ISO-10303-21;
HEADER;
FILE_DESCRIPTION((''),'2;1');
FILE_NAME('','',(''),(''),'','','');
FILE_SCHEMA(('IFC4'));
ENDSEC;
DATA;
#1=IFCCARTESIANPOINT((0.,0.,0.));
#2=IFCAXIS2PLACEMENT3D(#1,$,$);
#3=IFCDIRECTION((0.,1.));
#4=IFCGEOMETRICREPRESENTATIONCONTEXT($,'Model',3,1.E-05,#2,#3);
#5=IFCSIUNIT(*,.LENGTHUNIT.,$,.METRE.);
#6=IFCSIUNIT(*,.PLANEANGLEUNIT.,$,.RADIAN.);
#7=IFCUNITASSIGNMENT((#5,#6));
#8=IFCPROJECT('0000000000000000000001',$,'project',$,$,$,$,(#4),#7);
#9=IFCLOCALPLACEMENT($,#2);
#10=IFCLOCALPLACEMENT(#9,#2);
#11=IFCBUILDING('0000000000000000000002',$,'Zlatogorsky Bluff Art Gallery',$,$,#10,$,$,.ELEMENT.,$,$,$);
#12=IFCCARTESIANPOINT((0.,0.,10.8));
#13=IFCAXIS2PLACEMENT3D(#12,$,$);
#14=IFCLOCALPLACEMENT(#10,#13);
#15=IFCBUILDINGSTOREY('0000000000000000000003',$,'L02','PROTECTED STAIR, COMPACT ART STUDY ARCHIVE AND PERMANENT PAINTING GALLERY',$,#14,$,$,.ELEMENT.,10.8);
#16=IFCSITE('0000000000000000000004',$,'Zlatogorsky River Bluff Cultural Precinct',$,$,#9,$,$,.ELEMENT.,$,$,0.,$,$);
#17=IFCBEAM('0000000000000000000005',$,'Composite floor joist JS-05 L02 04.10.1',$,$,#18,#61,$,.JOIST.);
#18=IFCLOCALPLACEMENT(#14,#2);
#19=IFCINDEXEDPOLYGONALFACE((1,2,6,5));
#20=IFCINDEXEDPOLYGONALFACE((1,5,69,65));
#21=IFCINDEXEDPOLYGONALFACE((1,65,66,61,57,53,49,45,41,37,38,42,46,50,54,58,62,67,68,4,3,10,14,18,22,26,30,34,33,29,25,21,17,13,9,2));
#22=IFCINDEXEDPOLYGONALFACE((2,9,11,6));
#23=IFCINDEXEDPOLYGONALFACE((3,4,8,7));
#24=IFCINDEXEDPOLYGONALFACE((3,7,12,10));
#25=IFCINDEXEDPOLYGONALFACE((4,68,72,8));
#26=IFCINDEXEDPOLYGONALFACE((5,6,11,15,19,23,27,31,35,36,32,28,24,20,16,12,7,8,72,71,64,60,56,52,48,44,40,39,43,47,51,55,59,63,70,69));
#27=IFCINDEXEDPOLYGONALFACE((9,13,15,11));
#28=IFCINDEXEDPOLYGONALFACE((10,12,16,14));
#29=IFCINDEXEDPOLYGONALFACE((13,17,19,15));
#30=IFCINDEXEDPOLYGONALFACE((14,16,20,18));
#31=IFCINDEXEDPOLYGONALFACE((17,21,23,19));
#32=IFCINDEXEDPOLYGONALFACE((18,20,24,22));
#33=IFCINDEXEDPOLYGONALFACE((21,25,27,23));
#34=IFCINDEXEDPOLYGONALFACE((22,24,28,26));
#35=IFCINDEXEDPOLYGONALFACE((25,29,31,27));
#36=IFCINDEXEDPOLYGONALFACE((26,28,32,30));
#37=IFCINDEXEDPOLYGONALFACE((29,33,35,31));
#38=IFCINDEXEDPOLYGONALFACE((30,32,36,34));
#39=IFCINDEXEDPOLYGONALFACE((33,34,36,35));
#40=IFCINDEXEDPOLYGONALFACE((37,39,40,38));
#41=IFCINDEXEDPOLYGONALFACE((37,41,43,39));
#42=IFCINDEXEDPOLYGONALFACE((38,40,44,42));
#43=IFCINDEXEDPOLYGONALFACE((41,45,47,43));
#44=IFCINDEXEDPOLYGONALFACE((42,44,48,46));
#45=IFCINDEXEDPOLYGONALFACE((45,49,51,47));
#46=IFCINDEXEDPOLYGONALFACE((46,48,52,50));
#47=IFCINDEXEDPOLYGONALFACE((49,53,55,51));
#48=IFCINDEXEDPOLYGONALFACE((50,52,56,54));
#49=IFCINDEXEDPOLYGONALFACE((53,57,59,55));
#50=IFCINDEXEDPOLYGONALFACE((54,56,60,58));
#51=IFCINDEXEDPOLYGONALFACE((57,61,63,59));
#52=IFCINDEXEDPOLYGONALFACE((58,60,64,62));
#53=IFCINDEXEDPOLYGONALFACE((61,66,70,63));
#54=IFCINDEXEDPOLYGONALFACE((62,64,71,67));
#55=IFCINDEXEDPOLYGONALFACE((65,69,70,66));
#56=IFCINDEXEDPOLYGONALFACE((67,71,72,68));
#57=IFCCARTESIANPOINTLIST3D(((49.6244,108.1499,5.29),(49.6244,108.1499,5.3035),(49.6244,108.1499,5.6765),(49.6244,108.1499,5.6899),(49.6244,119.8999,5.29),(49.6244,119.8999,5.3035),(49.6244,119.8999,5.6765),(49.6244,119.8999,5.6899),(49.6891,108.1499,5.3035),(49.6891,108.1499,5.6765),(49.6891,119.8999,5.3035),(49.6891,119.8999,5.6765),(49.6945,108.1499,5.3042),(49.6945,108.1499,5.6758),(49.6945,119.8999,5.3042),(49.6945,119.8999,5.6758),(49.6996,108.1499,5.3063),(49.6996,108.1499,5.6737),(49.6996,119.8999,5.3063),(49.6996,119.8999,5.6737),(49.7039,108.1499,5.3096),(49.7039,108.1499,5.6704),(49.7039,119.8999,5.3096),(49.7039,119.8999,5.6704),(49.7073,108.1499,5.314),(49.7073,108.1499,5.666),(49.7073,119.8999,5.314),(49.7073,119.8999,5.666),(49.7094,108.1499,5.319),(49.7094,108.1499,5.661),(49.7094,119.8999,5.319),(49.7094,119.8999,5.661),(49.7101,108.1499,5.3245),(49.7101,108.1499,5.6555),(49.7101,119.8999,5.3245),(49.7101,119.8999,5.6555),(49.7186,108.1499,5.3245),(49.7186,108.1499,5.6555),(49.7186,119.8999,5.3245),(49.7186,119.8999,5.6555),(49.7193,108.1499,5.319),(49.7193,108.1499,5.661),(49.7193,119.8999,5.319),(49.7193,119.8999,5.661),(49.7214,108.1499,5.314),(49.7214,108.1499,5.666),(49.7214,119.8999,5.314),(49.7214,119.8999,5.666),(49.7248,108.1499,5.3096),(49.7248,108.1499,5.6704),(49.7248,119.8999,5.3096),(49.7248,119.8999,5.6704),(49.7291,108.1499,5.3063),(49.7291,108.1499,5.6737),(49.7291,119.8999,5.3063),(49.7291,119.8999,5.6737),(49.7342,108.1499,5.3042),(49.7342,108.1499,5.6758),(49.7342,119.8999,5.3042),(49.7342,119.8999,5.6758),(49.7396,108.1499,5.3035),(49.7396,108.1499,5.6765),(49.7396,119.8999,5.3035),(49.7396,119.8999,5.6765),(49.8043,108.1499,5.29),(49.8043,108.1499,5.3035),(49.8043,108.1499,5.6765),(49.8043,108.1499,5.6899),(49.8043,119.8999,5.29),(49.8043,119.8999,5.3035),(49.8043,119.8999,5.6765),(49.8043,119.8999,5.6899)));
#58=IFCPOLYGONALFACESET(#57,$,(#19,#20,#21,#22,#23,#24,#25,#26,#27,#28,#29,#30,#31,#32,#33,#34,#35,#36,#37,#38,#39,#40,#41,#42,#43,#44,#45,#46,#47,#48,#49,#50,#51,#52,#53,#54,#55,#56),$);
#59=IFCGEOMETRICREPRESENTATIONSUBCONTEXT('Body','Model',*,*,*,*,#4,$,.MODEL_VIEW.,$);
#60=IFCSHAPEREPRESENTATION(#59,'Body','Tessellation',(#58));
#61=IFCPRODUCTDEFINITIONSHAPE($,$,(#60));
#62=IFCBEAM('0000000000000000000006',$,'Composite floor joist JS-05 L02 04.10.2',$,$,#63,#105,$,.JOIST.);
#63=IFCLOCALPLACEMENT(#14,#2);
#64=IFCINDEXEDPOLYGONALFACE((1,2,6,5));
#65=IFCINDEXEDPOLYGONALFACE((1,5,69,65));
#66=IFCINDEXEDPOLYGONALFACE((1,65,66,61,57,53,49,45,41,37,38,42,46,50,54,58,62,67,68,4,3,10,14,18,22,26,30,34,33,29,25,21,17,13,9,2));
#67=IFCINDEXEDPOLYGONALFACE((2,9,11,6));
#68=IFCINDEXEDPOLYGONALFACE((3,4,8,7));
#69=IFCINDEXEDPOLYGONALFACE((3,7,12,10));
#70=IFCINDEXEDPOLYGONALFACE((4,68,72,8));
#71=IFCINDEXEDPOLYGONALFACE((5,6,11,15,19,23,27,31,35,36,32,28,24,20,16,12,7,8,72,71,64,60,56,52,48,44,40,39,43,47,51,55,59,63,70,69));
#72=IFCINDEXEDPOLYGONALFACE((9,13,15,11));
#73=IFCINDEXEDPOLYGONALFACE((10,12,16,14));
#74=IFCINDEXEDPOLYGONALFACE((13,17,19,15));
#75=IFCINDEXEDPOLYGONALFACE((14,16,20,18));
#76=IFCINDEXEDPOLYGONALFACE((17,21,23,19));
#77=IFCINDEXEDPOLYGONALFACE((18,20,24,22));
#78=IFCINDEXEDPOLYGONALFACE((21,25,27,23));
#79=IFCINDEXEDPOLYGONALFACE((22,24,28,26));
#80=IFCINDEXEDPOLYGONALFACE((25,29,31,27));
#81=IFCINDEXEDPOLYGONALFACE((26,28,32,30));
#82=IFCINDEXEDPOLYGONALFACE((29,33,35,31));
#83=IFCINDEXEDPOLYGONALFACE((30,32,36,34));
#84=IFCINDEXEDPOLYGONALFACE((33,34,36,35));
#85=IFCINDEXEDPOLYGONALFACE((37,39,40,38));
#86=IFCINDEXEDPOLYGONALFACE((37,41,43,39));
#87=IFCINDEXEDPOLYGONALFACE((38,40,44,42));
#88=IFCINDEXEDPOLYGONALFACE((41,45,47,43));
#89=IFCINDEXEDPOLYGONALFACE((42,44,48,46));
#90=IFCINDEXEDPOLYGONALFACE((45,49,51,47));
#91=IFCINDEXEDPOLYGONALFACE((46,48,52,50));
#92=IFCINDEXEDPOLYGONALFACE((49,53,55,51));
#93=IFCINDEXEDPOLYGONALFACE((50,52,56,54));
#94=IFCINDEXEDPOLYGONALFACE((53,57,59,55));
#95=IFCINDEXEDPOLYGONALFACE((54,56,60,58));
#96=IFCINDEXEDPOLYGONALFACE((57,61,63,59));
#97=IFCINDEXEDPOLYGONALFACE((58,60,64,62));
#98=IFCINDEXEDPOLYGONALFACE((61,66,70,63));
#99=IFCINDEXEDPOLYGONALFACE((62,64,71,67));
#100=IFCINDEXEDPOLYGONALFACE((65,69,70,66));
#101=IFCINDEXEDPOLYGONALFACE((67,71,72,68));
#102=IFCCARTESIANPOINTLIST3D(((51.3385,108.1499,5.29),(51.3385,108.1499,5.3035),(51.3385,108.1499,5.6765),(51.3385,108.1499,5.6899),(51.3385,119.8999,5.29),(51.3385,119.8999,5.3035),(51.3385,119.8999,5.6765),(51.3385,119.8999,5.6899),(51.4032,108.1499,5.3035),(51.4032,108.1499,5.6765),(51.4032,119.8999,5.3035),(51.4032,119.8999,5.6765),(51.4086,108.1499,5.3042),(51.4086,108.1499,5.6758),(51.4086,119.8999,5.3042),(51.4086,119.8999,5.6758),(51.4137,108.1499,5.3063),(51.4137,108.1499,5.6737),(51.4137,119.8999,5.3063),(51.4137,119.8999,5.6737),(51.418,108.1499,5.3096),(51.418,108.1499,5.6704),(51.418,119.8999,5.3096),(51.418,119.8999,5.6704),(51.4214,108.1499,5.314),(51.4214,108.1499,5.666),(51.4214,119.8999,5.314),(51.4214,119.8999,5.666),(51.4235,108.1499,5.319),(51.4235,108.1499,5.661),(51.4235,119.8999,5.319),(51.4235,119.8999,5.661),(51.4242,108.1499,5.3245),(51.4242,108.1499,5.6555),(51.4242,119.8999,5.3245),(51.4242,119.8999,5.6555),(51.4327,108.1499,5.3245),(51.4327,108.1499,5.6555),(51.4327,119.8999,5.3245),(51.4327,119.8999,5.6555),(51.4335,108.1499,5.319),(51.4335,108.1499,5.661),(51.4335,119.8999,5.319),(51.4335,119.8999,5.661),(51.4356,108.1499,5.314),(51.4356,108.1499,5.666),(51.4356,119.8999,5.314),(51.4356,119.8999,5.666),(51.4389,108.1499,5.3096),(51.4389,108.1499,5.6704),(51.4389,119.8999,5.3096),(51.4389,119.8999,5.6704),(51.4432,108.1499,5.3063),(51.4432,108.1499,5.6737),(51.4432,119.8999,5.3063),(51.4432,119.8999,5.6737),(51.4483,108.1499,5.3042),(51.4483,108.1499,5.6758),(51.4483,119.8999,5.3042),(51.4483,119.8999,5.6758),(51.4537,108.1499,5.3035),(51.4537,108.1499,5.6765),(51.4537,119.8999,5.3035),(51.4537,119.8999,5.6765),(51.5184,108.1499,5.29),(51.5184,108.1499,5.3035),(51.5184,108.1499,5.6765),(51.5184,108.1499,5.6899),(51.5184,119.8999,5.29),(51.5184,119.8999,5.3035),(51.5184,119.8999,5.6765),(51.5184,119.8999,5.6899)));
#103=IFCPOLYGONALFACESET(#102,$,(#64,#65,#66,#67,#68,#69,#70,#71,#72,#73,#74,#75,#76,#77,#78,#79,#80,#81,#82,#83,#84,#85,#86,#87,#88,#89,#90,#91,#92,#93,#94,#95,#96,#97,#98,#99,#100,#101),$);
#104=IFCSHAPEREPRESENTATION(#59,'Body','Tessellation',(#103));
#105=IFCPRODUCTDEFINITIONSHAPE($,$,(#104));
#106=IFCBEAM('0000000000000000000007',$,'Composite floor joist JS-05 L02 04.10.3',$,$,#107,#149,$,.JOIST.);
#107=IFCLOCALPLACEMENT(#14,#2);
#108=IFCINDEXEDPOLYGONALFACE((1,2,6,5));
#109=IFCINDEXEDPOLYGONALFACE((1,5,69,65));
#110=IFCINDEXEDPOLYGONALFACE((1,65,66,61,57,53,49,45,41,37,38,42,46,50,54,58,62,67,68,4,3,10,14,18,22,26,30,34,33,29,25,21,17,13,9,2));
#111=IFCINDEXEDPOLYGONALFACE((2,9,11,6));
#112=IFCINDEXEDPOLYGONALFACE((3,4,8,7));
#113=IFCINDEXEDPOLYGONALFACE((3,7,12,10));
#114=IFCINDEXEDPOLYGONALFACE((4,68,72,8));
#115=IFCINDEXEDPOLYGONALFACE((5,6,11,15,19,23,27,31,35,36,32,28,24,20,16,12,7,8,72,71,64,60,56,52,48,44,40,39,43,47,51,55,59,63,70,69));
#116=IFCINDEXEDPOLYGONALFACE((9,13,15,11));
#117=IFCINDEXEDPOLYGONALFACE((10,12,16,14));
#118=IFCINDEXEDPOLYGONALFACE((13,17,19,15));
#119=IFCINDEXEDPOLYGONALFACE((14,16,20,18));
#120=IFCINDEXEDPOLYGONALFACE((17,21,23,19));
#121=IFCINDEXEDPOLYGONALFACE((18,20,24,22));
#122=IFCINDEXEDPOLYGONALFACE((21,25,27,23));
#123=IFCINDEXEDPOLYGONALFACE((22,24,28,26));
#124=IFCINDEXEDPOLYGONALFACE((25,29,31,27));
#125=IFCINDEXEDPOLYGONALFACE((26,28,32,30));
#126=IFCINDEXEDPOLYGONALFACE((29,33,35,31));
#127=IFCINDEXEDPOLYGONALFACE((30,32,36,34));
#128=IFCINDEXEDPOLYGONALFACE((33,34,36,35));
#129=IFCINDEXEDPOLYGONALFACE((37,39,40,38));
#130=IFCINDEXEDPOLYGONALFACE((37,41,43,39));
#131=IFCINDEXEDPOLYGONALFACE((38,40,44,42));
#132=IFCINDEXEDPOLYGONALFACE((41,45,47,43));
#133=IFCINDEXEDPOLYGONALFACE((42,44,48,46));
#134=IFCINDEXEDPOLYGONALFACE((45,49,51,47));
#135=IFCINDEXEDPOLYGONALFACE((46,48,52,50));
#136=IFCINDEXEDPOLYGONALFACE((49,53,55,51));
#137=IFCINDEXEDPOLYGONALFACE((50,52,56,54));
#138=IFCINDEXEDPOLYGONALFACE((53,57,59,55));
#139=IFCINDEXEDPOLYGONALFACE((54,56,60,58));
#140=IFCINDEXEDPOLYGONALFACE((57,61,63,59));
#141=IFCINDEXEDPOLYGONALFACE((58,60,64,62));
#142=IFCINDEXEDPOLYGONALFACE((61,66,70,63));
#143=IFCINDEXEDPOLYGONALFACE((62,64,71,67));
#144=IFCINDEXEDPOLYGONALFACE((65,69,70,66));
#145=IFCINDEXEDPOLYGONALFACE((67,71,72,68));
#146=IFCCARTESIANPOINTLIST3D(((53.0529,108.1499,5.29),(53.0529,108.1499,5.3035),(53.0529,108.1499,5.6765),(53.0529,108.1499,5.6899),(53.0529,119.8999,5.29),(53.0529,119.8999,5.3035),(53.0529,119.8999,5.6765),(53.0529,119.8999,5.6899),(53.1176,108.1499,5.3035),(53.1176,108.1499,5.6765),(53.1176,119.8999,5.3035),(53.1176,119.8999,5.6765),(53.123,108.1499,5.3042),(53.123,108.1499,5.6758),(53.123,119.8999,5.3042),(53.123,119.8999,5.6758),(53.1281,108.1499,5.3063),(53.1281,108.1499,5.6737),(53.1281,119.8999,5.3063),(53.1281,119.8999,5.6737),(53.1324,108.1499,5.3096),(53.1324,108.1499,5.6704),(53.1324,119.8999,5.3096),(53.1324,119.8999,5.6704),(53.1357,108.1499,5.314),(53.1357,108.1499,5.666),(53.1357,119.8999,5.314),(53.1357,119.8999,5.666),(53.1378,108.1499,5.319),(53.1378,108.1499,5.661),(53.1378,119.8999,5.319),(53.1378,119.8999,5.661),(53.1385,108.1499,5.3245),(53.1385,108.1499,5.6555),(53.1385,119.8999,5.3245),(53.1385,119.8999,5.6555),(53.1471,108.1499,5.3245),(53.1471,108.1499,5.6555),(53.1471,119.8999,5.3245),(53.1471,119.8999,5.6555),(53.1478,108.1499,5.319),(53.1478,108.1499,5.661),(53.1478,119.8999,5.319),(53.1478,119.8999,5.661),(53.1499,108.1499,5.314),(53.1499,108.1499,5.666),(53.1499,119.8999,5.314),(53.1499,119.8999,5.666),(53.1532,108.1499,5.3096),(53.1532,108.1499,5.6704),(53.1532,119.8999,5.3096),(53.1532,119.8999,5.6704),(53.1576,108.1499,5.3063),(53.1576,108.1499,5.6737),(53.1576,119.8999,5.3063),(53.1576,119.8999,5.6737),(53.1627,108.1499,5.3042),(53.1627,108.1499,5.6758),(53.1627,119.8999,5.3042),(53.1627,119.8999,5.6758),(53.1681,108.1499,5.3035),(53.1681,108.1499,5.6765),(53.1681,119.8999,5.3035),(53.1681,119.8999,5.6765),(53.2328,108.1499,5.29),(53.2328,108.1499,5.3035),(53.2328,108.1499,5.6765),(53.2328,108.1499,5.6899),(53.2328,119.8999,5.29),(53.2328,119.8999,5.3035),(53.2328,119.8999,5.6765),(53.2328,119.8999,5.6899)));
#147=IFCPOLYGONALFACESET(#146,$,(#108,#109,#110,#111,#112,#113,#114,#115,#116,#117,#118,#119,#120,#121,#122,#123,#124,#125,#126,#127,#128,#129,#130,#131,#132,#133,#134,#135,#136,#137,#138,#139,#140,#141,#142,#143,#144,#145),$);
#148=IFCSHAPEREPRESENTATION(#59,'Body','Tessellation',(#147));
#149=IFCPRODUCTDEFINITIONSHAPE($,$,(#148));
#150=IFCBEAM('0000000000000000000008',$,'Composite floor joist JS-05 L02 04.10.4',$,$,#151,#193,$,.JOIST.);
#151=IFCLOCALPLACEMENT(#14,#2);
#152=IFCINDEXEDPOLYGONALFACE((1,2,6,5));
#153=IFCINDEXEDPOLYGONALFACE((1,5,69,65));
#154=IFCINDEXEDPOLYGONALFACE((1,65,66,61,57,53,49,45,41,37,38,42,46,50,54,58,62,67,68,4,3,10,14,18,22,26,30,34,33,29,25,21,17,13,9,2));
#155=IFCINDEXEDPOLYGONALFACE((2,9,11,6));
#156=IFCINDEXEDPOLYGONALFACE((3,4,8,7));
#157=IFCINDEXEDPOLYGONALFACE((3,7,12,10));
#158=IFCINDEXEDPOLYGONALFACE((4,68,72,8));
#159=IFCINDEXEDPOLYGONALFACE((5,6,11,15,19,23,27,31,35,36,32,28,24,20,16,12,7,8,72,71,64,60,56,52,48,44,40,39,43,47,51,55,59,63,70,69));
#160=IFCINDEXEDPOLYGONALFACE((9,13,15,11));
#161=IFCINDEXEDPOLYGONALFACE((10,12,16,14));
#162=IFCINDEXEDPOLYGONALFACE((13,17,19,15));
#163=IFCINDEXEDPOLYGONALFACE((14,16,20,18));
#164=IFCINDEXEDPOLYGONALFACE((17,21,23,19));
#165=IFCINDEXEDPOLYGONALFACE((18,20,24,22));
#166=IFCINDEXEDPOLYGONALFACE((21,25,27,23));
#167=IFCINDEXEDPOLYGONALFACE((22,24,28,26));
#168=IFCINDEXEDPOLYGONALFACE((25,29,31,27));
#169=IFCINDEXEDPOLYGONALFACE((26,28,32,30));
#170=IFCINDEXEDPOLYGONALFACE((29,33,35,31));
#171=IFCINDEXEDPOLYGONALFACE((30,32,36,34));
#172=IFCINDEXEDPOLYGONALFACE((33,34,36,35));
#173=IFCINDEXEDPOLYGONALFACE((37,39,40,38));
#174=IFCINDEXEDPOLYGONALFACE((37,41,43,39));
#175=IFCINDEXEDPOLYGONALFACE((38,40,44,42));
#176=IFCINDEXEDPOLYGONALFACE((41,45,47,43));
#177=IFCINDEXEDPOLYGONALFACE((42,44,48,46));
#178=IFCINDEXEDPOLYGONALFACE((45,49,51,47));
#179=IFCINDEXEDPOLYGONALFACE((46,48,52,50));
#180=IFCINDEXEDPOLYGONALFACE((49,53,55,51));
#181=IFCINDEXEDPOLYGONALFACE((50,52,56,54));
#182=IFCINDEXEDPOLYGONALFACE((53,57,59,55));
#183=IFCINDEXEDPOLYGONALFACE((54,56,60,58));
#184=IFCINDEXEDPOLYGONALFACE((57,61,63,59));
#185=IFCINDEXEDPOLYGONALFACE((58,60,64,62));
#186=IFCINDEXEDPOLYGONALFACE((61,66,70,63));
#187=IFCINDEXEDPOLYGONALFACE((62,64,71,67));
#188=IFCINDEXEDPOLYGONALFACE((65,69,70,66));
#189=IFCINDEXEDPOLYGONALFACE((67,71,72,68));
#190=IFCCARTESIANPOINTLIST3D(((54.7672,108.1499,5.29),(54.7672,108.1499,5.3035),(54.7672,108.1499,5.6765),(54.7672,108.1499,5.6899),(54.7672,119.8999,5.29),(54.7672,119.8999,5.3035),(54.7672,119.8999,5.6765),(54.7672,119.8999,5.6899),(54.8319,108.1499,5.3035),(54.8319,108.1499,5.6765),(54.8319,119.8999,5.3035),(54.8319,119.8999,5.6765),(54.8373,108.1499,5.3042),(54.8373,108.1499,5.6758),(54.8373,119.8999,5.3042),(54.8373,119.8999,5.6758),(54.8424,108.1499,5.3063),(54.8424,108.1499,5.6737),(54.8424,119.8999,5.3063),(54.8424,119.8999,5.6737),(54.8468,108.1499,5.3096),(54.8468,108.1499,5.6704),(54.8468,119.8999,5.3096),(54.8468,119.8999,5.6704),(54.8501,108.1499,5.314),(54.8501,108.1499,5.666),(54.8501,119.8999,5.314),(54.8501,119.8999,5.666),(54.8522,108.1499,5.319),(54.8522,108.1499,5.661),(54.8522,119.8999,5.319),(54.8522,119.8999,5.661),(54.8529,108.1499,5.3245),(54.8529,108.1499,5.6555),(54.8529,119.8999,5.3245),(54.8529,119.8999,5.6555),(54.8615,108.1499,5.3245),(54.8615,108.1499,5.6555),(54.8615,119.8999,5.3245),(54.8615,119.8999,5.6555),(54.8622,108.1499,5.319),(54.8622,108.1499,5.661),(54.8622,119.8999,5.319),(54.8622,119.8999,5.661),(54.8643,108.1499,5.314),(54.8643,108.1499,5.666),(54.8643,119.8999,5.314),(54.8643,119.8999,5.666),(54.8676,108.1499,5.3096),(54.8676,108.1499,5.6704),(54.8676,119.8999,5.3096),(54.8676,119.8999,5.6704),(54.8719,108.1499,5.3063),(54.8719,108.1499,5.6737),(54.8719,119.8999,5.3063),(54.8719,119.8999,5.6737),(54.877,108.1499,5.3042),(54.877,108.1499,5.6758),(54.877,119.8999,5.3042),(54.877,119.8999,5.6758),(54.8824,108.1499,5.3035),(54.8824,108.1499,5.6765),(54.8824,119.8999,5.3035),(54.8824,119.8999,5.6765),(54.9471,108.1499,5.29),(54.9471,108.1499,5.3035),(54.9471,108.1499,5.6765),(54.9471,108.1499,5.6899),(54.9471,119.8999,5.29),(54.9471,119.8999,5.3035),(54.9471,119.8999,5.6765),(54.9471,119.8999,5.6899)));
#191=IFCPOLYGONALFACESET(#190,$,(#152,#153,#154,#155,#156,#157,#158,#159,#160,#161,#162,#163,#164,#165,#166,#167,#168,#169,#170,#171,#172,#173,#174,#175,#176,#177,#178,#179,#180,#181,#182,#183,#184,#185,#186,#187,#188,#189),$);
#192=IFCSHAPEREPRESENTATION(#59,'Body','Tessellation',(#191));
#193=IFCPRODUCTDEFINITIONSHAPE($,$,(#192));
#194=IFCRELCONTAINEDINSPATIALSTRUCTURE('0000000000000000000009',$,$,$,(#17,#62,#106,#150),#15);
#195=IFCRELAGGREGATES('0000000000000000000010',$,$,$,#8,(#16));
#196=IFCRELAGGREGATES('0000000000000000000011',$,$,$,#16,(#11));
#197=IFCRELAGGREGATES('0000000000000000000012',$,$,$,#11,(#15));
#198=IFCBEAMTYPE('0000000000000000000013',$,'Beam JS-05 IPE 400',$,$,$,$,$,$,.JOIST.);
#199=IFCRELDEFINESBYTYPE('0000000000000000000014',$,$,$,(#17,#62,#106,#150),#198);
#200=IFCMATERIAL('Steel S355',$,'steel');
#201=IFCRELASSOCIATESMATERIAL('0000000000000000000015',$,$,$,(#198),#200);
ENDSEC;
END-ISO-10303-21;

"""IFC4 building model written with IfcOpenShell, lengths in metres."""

from ifc_helpers import new_model, si_unit, direction, frame, origin, origin_2d, place, context, subcontext, project, spatial, i_section, extrude, material, material_profile, profile_set, type_object, element, save


model = new_model("IFC4")

# Units and contexts
model_context = context("Model", 3, precision=1e-05, world=origin(), true_north=direction((0.0, 1.0)))
body_context = subcontext(model_context, "Body", "Model", "MODEL_VIEW")
ifc_project = project(units=[si_unit("LENGTHUNIT", "METRE"), si_unit("PLANEANGLEUNIT", "RADIAN")], contexts=[model_context])

# Site, building, storey
site_placement = place(None, origin())
site = spatial("IfcSite", under=ifc_project, at=site_placement, Name="Zlatogorsky River Bluff Cultural Precinct", CompositionType="ELEMENT", RefElevation=0.0)
building_placement = place(site_placement, origin())
building = spatial("IfcBuilding", under=site, at=building_placement, Name="Zlatogorsky Bluff Art Gallery", CompositionType="ELEMENT")
storey_placement = place(building_placement, frame((0.0, 0.0, 10.8)))
storey = spatial("IfcBuildingStorey", under=building, at=storey_placement, Name="L02", Description="PROTECTED STAIR, COMPACT ART STUDY ARCHIVE AND PERMANENT PAINTING GALLERY", CompositionType="ELEMENT", Elevation=10.8)

# Shared definitions
ifc_material_1 = material(Name="Steel S355", Category="steel")

# Beams
ifc_material_profile_1 = material_profile(ifc_material_1, i_section(OverallWidth=0.1799, OverallDepth=0.3999, WebThickness=0.0085, FlangeThickness=0.0134, FilletRadius=0.021, at=origin_2d()), Name="IPE 400")
ifc_profile_set_1 = profile_set([ifc_material_profile_1], Name="Steel S355")
beam_type_1 = type_object("IfcBeamType", Name="Beam JS-05 IPE 400", PredefinedType="JOIST", material=ifc_profile_set_1)
for number, where, z_axis, x_axis, name in (
    (1, (49.7144, 108.1499, 5.49), (0.0, 1.0, 0.0), (-1.0, 0.0, 0.0), "Composite floor joist JS-05 L02 04.10.1"),
    (2, (51.4285, 108.1499, 5.49), (0.0, 1.0, 0.0), (-1.0, 0.0, 0.0), "Composite floor joist JS-05 L02 04.10.2"),
    (3, (53.1428, 108.1499, 5.49), (0.0, 1.0, 0.0), (-1.0, 0.0, 0.0), "Composite floor joist JS-05 L02 04.10.3"),
    (4, (54.8572, 108.1499, 5.49), (0.0, 1.0, 0.0), (-1.0, 0.0, 0.0), "Composite floor joist JS-05 L02 04.10.4"),
):
    element("IfcBeam", number, at=place(storey_placement, frame(where, z_axis=z_axis, x_axis=x_axis)), inside=storey, type_object=beam_type_1, Name=name, PredefinedType="JOIST", context=body_context, shape_type="SweptSolid", body=[
        extrude(i_section(OverallWidth=0.1799, OverallDepth=0.3999, WebThickness=0.0085, FlangeThickness=0.0134, FilletRadius=0.021, at=origin_2d()), origin(), (0.0, 0.0, 1.0), 11.75),
    ])

save(model, "model.ifc")
